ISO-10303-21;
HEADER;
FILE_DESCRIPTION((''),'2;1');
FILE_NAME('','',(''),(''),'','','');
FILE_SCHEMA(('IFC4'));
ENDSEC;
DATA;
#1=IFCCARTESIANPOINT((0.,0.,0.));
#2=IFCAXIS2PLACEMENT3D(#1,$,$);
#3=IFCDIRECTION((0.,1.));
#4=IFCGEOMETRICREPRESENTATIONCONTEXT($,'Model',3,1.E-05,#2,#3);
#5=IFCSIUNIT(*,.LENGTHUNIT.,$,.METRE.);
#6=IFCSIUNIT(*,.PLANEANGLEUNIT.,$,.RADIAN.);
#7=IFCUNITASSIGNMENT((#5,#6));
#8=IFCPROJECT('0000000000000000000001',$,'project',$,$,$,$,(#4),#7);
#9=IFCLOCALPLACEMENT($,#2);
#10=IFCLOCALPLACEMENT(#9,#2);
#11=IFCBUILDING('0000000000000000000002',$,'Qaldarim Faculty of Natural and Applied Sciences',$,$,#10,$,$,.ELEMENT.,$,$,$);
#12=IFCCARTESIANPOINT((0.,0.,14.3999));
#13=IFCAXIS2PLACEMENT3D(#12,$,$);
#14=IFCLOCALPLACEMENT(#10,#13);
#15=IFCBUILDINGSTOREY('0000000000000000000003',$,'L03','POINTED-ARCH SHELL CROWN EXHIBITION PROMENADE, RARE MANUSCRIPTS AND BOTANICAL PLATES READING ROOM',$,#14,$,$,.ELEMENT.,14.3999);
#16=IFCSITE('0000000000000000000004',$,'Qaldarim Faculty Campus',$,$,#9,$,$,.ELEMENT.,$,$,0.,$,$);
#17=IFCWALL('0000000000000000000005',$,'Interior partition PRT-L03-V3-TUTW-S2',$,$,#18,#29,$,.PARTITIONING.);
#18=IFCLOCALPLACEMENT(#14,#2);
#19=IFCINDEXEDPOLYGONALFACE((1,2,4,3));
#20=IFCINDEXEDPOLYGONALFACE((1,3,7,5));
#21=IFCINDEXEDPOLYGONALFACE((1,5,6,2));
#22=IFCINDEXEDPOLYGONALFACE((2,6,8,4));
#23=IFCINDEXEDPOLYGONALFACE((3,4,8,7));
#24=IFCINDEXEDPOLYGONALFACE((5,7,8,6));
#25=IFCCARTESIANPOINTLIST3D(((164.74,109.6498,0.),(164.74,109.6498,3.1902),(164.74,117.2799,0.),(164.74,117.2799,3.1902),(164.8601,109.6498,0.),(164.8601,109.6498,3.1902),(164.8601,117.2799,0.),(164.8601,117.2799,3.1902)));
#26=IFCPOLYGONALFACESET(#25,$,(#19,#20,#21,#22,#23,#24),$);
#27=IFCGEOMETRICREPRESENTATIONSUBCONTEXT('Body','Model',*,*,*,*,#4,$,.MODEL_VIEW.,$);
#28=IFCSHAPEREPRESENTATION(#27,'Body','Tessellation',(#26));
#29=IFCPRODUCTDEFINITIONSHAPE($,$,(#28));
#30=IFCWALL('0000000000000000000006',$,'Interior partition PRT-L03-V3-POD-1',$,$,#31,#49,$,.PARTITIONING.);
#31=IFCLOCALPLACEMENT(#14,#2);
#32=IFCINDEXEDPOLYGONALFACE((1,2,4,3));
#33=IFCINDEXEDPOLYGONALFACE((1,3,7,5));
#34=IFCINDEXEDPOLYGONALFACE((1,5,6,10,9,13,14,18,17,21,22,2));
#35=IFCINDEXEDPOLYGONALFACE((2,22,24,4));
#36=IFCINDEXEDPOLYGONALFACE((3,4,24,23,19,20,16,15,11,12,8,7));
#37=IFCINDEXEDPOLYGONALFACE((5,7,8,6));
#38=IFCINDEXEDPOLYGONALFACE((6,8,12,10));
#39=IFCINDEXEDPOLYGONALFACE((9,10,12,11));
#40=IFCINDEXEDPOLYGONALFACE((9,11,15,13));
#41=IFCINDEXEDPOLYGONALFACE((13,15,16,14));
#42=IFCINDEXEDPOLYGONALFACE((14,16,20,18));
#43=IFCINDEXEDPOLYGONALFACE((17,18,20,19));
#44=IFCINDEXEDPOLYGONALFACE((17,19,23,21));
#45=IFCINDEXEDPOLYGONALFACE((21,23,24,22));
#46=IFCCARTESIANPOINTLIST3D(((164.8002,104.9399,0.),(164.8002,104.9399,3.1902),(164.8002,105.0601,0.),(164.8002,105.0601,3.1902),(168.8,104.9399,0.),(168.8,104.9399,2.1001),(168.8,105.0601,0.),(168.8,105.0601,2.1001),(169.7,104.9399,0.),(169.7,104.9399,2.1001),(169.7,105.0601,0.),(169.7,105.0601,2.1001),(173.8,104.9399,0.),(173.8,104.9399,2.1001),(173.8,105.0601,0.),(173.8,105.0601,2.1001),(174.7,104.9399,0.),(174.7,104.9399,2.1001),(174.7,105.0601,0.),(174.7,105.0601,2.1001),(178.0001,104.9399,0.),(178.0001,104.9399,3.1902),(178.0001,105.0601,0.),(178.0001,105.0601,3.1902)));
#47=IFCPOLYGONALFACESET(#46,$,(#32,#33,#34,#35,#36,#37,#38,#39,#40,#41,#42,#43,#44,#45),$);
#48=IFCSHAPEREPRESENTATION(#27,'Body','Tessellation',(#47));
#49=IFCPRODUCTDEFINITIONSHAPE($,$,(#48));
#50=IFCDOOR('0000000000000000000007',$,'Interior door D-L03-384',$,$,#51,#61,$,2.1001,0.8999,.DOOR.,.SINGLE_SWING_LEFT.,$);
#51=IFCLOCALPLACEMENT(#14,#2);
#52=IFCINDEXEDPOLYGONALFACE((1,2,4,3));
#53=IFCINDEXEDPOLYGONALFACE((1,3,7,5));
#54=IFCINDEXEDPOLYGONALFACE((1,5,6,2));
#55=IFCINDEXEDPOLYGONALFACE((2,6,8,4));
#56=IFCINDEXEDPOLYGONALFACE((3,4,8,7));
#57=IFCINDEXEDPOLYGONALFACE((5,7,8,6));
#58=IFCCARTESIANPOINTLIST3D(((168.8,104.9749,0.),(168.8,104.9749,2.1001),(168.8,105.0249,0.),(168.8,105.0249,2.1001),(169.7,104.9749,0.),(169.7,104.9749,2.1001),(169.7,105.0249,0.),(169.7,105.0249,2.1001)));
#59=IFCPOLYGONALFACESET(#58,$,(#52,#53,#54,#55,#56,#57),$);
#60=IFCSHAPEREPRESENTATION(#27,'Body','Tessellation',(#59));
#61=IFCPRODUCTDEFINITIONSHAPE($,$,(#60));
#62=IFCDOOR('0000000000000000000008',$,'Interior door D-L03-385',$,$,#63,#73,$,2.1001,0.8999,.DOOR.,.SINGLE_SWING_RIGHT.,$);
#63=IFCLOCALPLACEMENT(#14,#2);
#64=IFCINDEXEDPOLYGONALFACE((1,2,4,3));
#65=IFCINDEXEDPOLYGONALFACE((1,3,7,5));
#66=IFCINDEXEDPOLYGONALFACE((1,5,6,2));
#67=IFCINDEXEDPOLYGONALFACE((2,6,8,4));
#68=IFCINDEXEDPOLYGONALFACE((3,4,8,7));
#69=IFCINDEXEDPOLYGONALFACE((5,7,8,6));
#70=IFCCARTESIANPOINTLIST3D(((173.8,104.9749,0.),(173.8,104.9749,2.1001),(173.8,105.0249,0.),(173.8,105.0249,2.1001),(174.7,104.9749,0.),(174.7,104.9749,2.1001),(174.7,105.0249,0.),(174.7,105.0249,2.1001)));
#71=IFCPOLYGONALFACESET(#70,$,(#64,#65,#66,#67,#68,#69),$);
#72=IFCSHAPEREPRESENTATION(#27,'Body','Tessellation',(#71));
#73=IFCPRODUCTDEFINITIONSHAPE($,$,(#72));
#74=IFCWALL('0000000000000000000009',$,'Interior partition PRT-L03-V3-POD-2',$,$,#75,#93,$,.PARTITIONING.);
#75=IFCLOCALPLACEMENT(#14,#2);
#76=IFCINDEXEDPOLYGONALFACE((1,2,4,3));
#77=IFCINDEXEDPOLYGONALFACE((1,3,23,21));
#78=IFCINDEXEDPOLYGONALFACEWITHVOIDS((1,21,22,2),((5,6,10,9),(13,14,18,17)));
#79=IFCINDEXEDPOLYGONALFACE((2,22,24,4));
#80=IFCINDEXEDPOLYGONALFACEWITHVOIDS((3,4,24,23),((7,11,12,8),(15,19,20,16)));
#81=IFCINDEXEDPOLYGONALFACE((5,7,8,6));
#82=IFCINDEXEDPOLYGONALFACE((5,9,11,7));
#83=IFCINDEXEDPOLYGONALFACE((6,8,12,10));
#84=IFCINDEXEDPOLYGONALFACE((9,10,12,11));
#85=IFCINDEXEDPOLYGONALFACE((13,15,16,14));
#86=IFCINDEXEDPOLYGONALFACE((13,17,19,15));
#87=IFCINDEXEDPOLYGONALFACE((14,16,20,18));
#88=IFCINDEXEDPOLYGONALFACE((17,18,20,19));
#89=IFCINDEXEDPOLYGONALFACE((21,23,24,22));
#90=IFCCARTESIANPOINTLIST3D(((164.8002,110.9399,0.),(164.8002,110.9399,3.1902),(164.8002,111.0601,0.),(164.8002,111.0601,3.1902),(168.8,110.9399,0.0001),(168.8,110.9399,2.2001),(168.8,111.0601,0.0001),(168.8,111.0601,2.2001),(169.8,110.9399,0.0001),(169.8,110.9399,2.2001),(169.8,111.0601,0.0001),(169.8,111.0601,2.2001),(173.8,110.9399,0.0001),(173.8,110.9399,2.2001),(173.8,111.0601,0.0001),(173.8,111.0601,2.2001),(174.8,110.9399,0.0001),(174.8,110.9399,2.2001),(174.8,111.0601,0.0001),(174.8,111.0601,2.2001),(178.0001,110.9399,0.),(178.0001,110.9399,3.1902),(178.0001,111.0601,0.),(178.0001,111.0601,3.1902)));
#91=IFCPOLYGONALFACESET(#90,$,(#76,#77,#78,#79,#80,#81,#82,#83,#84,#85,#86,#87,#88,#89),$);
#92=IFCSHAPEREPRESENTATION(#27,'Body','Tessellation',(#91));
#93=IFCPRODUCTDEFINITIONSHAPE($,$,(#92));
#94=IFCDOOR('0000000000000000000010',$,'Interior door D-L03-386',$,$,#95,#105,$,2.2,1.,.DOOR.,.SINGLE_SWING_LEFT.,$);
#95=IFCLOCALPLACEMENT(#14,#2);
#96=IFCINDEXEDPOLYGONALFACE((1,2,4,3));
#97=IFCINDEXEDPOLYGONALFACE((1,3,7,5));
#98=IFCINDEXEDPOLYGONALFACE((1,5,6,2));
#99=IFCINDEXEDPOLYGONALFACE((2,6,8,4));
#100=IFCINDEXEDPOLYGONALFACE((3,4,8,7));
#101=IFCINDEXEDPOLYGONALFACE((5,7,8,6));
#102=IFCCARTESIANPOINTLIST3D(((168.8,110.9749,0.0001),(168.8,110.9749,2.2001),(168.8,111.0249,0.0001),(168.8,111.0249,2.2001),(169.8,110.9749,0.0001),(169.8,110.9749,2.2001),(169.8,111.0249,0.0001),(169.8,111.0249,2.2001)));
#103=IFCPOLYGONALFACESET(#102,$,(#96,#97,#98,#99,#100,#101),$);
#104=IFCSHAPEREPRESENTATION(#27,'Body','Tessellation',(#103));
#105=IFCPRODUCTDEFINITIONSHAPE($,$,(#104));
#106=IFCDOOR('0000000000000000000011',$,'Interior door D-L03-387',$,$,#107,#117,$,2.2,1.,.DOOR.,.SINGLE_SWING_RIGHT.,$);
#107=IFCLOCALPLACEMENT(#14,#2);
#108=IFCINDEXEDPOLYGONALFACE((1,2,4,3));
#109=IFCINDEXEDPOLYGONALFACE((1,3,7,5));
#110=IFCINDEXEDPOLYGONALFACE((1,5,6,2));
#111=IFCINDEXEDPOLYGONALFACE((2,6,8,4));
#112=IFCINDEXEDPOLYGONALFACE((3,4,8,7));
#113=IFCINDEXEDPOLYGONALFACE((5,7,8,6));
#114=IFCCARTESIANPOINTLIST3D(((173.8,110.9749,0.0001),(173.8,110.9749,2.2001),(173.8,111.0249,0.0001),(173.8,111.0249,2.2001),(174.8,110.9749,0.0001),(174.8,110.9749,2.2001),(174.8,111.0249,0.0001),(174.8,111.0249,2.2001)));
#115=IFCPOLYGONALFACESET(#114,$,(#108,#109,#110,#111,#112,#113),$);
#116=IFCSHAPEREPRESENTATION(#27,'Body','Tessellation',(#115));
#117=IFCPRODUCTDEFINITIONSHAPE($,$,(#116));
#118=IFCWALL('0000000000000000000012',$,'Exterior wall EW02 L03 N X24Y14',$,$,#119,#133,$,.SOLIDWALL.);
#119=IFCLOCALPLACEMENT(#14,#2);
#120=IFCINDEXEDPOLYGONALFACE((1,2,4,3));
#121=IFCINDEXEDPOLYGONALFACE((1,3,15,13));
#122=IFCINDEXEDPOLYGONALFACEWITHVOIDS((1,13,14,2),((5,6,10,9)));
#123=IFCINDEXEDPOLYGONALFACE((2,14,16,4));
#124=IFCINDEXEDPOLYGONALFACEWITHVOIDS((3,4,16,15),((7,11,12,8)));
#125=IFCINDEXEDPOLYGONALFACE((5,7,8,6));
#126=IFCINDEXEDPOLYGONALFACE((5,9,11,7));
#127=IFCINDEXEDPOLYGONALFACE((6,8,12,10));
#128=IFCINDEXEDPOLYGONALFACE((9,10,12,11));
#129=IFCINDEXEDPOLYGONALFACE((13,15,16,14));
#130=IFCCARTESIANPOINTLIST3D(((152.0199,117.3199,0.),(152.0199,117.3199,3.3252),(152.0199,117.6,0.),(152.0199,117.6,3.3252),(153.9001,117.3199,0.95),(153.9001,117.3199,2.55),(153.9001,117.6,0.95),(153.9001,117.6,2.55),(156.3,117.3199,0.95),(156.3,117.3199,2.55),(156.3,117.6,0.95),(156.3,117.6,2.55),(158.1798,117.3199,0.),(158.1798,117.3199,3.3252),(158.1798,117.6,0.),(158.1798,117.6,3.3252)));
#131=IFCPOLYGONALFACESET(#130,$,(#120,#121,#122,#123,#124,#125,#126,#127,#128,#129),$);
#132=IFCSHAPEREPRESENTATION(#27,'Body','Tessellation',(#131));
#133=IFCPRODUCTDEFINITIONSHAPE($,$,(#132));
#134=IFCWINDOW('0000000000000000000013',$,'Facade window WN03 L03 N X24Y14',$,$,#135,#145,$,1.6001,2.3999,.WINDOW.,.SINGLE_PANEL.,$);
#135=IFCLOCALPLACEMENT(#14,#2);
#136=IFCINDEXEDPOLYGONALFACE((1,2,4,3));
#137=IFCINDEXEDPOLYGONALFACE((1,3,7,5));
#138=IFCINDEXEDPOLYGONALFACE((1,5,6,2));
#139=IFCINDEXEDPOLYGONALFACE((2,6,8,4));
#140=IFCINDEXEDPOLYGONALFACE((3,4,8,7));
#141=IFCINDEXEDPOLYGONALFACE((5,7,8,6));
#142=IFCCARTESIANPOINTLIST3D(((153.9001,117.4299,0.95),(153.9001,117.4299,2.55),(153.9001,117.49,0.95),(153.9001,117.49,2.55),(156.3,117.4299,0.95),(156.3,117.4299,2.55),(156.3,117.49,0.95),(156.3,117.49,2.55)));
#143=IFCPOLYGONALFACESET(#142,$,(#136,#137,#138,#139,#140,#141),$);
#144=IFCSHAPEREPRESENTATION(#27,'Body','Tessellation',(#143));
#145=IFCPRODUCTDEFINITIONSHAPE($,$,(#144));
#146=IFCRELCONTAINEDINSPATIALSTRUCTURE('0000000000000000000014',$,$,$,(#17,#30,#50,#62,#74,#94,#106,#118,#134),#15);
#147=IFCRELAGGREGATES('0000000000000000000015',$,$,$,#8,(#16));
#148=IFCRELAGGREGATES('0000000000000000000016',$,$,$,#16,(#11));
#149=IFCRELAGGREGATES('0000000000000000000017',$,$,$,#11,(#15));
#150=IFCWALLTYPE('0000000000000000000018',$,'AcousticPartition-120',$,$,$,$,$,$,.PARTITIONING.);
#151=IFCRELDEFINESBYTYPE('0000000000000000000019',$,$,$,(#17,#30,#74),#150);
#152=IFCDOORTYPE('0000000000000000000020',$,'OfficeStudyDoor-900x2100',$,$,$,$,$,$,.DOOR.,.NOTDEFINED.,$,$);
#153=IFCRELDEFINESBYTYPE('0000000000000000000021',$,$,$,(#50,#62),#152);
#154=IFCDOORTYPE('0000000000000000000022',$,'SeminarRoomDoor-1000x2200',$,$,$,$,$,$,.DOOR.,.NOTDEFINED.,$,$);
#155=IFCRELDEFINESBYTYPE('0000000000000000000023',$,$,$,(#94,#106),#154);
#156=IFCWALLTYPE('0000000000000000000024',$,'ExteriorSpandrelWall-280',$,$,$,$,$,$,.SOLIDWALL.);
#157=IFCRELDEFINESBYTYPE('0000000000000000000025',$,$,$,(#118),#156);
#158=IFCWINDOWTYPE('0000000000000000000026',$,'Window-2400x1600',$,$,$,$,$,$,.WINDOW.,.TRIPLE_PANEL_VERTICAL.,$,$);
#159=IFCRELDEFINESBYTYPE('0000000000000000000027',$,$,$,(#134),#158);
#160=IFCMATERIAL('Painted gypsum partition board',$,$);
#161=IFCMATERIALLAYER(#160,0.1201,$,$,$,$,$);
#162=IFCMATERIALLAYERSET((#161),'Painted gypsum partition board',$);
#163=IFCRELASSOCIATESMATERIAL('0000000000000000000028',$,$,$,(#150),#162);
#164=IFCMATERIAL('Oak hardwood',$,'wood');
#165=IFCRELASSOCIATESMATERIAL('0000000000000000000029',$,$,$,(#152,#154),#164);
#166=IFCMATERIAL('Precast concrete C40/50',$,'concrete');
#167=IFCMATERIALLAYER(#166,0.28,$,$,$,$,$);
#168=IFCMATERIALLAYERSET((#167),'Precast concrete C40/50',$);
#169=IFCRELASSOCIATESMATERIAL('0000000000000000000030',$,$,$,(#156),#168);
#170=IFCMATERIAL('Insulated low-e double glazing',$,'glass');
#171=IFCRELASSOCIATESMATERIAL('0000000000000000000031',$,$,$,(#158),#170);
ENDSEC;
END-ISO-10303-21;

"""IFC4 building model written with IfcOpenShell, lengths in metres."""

from ifc_helpers import new_model, si_unit, direction, frame, frame_2d, origin, place, context, subcontext, project, spatial, rectangle, extrude, material, layer, layer_set, type_object, element, fill, save


model = new_model("IFC4")

# Units and contexts
model_context = context("Model", 3, precision=1e-05, world=origin(), true_north=direction((0.0, 1.0)))
body_context = subcontext(model_context, "Body", "Model", "MODEL_VIEW")
ifc_project = project(units=[si_unit("LENGTHUNIT", "METRE"), si_unit("PLANEANGLEUNIT", "RADIAN")], contexts=[model_context])

# Site, building, storey
site_placement = place(None, origin())
site = spatial("IfcSite", under=ifc_project, at=site_placement, Name="Qaldarim Faculty Campus", CompositionType="ELEMENT", RefElevation=0.0)
building_placement = place(site_placement, origin())
building = spatial("IfcBuilding", under=site, at=building_placement, Name="Qaldarim Faculty of Natural and Applied Sciences", CompositionType="ELEMENT")
storey_placement = place(building_placement, frame((0.0, 0.0, 14.3999)))
storey = spatial("IfcBuildingStorey", under=building, at=storey_placement, Name="L03", Description="POINTED-ARCH SHELL CROWN EXHIBITION PROMENADE, RARE MANUSCRIPTS AND BOTANICAL PLATES READING ROOM", CompositionType="ELEMENT", Elevation=14.3999)

# Shared definitions
ifc_material_1 = material(Name="Precast concrete C40/50", Category="concrete")

# Wall
ifc_material_2 = material(Name="Painted gypsum partition board")
ifc_layer_1 = layer(ifc_material_2, 0.1201)
ifc_layer_set_1 = layer_set([ifc_layer_1], Name="Painted gypsum partition board")
wall_type_1 = type_object("IfcWallType", Name="AcousticPartition-120", PredefinedType="PARTITIONING", material=ifc_layer_set_1)
wall_1_placement = place(storey_placement, frame((164.8, 109.6499, 0.0), z_axis=(0.0, 0.0, 1.0), x_axis=(0.0, 1.0, 0.0)))
element("IfcWall", 1, at=wall_1_placement, inside=storey, type_object=wall_type_1, Name="Interior partition PRT-L03-V3-TUTW-S2", PredefinedType="PARTITIONING", context=body_context, shape_type="SweptSolid", body=[
    extrude(rectangle(XDim=7.6301, YDim=0.1201, at=frame_2d((3.8149, 0.0))), origin(), (0.0, 0.0, 1.0), 3.1902),
])

# Walls, openings, doors
wall_2_placement = place(storey_placement, frame((164.8, 105.0, 0.0), z_axis=(0.0, 0.0, 1.0), x_axis=(1.0, 0.0, 0.0)))
wall_2 = element("IfcWall", 2, at=wall_2_placement, inside=storey, type_object=wall_type_1, Name="Interior partition PRT-L03-V3-POD-1", PredefinedType="PARTITIONING", context=body_context, shape_type="SweptSolid", body=[
    extrude(rectangle(XDim=13.2, YDim=0.1201, at=frame_2d((6.6001, 0.0))), origin(), (0.0, 0.0, 1.0), 3.1902),
])
opening_1_placement = place(wall_2_placement, frame((4.0, 0.0, 0.0)))
opening_1 = element("IfcOpeningElement", 3, at=opening_1_placement, cuts=wall_2, PredefinedType="OPENING", context=body_context, shape_type="SweptSolid", body=[
    extrude(rectangle(XDim=0.8999, YDim=2.1001, at=frame_2d((0.45, 1.05))), frame((0.0, 0.0701, 0.0), z_axis=(0.0, -1.0, 0.0), x_axis=(1.0, 0.0, 0.0)), (0.0, 0.0, 1.0), 0.1401),
])
opening_2_placement = place(wall_2_placement, frame((9.0, 0.0, 0.0)))
opening_2 = element("IfcOpeningElement", 4, at=opening_2_placement, cuts=wall_2, PredefinedType="OPENING", context=body_context, shape_type="SweptSolid", body=[
    extrude(rectangle(XDim=0.8999, YDim=2.1001, at=frame_2d((0.45, 1.05))), frame((0.0, 0.0701, 0.0), z_axis=(0.0, -1.0, 0.0), x_axis=(1.0, 0.0, 0.0)), (0.0, 0.0, 1.0), 0.1401),
])
ifc_material_3 = material(Name="Oak hardwood", Category="wood")
door_type_1 = type_object("IfcDoorType", Name="OfficeStudyDoor-900x2100", OperationType="NOTDEFINED", PredefinedType="DOOR", material=ifc_material_3)
door_1_placement = place(opening_1_placement, origin())
door_1 = element("IfcDoor", 5, at=door_1_placement, inside=storey, type_object=door_type_1, Name="Interior door D-L03-384", OperationType="SINGLE_SWING_LEFT", OverallHeight=2.1001, OverallWidth=0.8999, PredefinedType="DOOR", context=body_context, shape_type="SweptSolid", body=[
    extrude(rectangle(XDim=0.8999, YDim=2.1001, at=frame_2d((0.45, 1.05))), frame((0.0, 0.0249, 0.0), z_axis=(0.0, -1.0, 0.0), x_axis=(1.0, 0.0, 0.0)), (0.0, 0.0, 1.0), 0.05),
])
fill(opening_1, door_1)
door_2_placement = place(opening_2_placement, origin())
door_2 = element("IfcDoor", 6, at=door_2_placement, inside=storey, type_object=door_type_1, Name="Interior door D-L03-385", OperationType="SINGLE_SWING_RIGHT", OverallHeight=2.1001, OverallWidth=0.8999, PredefinedType="DOOR", context=body_context, shape_type="SweptSolid", body=[
    extrude(rectangle(XDim=0.8999, YDim=2.1001, at=frame_2d((0.45, 1.05))), frame((0.0, 0.0249, 0.0), z_axis=(0.0, -1.0, 0.0), x_axis=(1.0, 0.0, 0.0)), (0.0, 0.0, 1.0), 0.05),
])
fill(opening_2, door_2)
wall_3_placement = place(storey_placement, frame((164.8, 111.0, 0.0), z_axis=(0.0, 0.0, 1.0), x_axis=(1.0, 0.0, 0.0)))
wall_3 = element("IfcWall", 7, at=wall_3_placement, inside=storey, type_object=wall_type_1, Name="Interior partition PRT-L03-V3-POD-2", PredefinedType="PARTITIONING", context=body_context, shape_type="SweptSolid", body=[
    extrude(rectangle(XDim=13.2, YDim=0.1201, at=frame_2d((6.6001, 0.0))), origin(), (0.0, 0.0, 1.0), 3.1902),
])
opening_3_placement = place(wall_3_placement, frame((4.0, 0.0, 0.0)))
opening_3 = element("IfcOpeningElement", 8, at=opening_3_placement, cuts=wall_3, PredefinedType="OPENING", context=body_context, shape_type="SweptSolid", body=[
    extrude(rectangle(XDim=1.0, YDim=2.2, at=frame_2d((0.5, 1.1001))), frame((0.0, 0.0701, 0.0), z_axis=(0.0, -1.0, 0.0), x_axis=(1.0, 0.0, 0.0)), (0.0, 0.0, 1.0), 0.1401),
])
opening_4_placement = place(wall_3_placement, frame((9.0, 0.0, 0.0)))
opening_4 = element("IfcOpeningElement", 9, at=opening_4_placement, cuts=wall_3, PredefinedType="OPENING", context=body_context, shape_type="SweptSolid", body=[
    extrude(rectangle(XDim=1.0, YDim=2.2, at=frame_2d((0.5, 1.1001))), frame((0.0, 0.0701, 0.0), z_axis=(0.0, -1.0, 0.0), x_axis=(1.0, 0.0, 0.0)), (0.0, 0.0, 1.0), 0.1401),
])
door_type_2 = type_object("IfcDoorType", Name="SeminarRoomDoor-1000x2200", OperationType="NOTDEFINED", PredefinedType="DOOR", material=ifc_material_3)
door_3_placement = place(opening_3_placement, origin())
door_3 = element("IfcDoor", 10, at=door_3_placement, inside=storey, type_object=door_type_2, Name="Interior door D-L03-386", OperationType="SINGLE_SWING_LEFT", OverallHeight=2.2, OverallWidth=1.0, PredefinedType="DOOR", context=body_context, shape_type="SweptSolid", body=[
    extrude(rectangle(XDim=1.0, YDim=2.2, at=frame_2d((0.5, 1.1001))), frame((0.0, 0.0249, 0.0), z_axis=(0.0, -1.0, 0.0), x_axis=(1.0, 0.0, 0.0)), (0.0, 0.0, 1.0), 0.05),
])
fill(opening_3, door_3)
door_4_placement = place(opening_4_placement, origin())
door_4 = element("IfcDoor", 11, at=door_4_placement, inside=storey, type_object=door_type_2, Name="Interior door D-L03-387", OperationType="SINGLE_SWING_RIGHT", OverallHeight=2.2, OverallWidth=1.0, PredefinedType="DOOR", context=body_context, shape_type="SweptSolid", body=[
    extrude(rectangle(XDim=1.0, YDim=2.2, at=frame_2d((0.5, 1.1001))), frame((0.0, 0.0249, 0.0), z_axis=(0.0, -1.0, 0.0), x_axis=(1.0, 0.0, 0.0)), (0.0, 0.0, 1.0), 0.05),
])
fill(opening_4, door_4)

# Wall, opening, window
ifc_layer_2 = layer(ifc_material_1, 0.28)
ifc_layer_set_2 = layer_set([ifc_layer_2], Name="Precast concrete C40/50")
wall_type_2 = type_object("IfcWallType", Name="ExteriorSpandrelWall-280", PredefinedType="SOLIDWALL", material=ifc_layer_set_2)
wall_4_placement = place(storey_placement, frame((158.1799, 117.46, 0.0), z_axis=(0.0, 0.0, 1.0), x_axis=(-1.0, 0.0, 0.0)))
wall_4 = element("IfcWall", 12, at=wall_4_placement, inside=storey, type_object=wall_type_2, Name="Exterior wall EW02 L03 N X24Y14", PredefinedType="SOLIDWALL", context=body_context, shape_type="SweptSolid", body=[
    extrude(rectangle(XDim=6.1599, YDim=0.28, at=frame_2d((3.0801, 0.0))), origin(), (0.0, 0.0, 1.0), 3.3252),
])
opening_5_placement = place(wall_4_placement, frame((1.8799, 0.0, 0.95)))
opening_5 = element("IfcOpeningElement", 13, at=opening_5_placement, cuts=wall_4, PredefinedType="OPENING", context=body_context, shape_type="SweptSolid", body=[
    extrude(rectangle(XDim=2.3999, YDim=1.6001, at=frame_2d((1.2, 0.8))), frame((0.0, 0.1499, 0.0), z_axis=(0.0, -1.0, 0.0), x_axis=(1.0, 0.0, 0.0)), (0.0, 0.0, 1.0), 0.3),
])
ifc_material_4 = material(Name="Insulated low-e double glazing", Category="glass")
window_type_1 = type_object("IfcWindowType", Name="Window-2400x1600", PartitioningType="TRIPLE_PANEL_VERTICAL", PredefinedType="WINDOW", material=ifc_material_4)
window_1_placement = place(opening_5_placement, origin())
window_1 = element("IfcWindow", 14, at=window_1_placement, inside=storey, type_object=window_type_1, Name="Facade window WN03 L03 N X24Y14", OverallHeight=1.6001, OverallWidth=2.3999, PartitioningType="SINGLE_PANEL", PredefinedType="WINDOW", context=body_context, shape_type="SweptSolid", body=[
    extrude(rectangle(XDim=2.3999, YDim=1.6001, at=frame_2d((1.2, 0.8))), frame((0.0, 0.03, 0.0), z_axis=(0.0, -1.0, 0.0), x_axis=(1.0, 0.0, 0.0)), (0.0, 0.0, 1.0), 0.0601),
])
fill(opening_5, window_1)

save(model, "model.ifc")
